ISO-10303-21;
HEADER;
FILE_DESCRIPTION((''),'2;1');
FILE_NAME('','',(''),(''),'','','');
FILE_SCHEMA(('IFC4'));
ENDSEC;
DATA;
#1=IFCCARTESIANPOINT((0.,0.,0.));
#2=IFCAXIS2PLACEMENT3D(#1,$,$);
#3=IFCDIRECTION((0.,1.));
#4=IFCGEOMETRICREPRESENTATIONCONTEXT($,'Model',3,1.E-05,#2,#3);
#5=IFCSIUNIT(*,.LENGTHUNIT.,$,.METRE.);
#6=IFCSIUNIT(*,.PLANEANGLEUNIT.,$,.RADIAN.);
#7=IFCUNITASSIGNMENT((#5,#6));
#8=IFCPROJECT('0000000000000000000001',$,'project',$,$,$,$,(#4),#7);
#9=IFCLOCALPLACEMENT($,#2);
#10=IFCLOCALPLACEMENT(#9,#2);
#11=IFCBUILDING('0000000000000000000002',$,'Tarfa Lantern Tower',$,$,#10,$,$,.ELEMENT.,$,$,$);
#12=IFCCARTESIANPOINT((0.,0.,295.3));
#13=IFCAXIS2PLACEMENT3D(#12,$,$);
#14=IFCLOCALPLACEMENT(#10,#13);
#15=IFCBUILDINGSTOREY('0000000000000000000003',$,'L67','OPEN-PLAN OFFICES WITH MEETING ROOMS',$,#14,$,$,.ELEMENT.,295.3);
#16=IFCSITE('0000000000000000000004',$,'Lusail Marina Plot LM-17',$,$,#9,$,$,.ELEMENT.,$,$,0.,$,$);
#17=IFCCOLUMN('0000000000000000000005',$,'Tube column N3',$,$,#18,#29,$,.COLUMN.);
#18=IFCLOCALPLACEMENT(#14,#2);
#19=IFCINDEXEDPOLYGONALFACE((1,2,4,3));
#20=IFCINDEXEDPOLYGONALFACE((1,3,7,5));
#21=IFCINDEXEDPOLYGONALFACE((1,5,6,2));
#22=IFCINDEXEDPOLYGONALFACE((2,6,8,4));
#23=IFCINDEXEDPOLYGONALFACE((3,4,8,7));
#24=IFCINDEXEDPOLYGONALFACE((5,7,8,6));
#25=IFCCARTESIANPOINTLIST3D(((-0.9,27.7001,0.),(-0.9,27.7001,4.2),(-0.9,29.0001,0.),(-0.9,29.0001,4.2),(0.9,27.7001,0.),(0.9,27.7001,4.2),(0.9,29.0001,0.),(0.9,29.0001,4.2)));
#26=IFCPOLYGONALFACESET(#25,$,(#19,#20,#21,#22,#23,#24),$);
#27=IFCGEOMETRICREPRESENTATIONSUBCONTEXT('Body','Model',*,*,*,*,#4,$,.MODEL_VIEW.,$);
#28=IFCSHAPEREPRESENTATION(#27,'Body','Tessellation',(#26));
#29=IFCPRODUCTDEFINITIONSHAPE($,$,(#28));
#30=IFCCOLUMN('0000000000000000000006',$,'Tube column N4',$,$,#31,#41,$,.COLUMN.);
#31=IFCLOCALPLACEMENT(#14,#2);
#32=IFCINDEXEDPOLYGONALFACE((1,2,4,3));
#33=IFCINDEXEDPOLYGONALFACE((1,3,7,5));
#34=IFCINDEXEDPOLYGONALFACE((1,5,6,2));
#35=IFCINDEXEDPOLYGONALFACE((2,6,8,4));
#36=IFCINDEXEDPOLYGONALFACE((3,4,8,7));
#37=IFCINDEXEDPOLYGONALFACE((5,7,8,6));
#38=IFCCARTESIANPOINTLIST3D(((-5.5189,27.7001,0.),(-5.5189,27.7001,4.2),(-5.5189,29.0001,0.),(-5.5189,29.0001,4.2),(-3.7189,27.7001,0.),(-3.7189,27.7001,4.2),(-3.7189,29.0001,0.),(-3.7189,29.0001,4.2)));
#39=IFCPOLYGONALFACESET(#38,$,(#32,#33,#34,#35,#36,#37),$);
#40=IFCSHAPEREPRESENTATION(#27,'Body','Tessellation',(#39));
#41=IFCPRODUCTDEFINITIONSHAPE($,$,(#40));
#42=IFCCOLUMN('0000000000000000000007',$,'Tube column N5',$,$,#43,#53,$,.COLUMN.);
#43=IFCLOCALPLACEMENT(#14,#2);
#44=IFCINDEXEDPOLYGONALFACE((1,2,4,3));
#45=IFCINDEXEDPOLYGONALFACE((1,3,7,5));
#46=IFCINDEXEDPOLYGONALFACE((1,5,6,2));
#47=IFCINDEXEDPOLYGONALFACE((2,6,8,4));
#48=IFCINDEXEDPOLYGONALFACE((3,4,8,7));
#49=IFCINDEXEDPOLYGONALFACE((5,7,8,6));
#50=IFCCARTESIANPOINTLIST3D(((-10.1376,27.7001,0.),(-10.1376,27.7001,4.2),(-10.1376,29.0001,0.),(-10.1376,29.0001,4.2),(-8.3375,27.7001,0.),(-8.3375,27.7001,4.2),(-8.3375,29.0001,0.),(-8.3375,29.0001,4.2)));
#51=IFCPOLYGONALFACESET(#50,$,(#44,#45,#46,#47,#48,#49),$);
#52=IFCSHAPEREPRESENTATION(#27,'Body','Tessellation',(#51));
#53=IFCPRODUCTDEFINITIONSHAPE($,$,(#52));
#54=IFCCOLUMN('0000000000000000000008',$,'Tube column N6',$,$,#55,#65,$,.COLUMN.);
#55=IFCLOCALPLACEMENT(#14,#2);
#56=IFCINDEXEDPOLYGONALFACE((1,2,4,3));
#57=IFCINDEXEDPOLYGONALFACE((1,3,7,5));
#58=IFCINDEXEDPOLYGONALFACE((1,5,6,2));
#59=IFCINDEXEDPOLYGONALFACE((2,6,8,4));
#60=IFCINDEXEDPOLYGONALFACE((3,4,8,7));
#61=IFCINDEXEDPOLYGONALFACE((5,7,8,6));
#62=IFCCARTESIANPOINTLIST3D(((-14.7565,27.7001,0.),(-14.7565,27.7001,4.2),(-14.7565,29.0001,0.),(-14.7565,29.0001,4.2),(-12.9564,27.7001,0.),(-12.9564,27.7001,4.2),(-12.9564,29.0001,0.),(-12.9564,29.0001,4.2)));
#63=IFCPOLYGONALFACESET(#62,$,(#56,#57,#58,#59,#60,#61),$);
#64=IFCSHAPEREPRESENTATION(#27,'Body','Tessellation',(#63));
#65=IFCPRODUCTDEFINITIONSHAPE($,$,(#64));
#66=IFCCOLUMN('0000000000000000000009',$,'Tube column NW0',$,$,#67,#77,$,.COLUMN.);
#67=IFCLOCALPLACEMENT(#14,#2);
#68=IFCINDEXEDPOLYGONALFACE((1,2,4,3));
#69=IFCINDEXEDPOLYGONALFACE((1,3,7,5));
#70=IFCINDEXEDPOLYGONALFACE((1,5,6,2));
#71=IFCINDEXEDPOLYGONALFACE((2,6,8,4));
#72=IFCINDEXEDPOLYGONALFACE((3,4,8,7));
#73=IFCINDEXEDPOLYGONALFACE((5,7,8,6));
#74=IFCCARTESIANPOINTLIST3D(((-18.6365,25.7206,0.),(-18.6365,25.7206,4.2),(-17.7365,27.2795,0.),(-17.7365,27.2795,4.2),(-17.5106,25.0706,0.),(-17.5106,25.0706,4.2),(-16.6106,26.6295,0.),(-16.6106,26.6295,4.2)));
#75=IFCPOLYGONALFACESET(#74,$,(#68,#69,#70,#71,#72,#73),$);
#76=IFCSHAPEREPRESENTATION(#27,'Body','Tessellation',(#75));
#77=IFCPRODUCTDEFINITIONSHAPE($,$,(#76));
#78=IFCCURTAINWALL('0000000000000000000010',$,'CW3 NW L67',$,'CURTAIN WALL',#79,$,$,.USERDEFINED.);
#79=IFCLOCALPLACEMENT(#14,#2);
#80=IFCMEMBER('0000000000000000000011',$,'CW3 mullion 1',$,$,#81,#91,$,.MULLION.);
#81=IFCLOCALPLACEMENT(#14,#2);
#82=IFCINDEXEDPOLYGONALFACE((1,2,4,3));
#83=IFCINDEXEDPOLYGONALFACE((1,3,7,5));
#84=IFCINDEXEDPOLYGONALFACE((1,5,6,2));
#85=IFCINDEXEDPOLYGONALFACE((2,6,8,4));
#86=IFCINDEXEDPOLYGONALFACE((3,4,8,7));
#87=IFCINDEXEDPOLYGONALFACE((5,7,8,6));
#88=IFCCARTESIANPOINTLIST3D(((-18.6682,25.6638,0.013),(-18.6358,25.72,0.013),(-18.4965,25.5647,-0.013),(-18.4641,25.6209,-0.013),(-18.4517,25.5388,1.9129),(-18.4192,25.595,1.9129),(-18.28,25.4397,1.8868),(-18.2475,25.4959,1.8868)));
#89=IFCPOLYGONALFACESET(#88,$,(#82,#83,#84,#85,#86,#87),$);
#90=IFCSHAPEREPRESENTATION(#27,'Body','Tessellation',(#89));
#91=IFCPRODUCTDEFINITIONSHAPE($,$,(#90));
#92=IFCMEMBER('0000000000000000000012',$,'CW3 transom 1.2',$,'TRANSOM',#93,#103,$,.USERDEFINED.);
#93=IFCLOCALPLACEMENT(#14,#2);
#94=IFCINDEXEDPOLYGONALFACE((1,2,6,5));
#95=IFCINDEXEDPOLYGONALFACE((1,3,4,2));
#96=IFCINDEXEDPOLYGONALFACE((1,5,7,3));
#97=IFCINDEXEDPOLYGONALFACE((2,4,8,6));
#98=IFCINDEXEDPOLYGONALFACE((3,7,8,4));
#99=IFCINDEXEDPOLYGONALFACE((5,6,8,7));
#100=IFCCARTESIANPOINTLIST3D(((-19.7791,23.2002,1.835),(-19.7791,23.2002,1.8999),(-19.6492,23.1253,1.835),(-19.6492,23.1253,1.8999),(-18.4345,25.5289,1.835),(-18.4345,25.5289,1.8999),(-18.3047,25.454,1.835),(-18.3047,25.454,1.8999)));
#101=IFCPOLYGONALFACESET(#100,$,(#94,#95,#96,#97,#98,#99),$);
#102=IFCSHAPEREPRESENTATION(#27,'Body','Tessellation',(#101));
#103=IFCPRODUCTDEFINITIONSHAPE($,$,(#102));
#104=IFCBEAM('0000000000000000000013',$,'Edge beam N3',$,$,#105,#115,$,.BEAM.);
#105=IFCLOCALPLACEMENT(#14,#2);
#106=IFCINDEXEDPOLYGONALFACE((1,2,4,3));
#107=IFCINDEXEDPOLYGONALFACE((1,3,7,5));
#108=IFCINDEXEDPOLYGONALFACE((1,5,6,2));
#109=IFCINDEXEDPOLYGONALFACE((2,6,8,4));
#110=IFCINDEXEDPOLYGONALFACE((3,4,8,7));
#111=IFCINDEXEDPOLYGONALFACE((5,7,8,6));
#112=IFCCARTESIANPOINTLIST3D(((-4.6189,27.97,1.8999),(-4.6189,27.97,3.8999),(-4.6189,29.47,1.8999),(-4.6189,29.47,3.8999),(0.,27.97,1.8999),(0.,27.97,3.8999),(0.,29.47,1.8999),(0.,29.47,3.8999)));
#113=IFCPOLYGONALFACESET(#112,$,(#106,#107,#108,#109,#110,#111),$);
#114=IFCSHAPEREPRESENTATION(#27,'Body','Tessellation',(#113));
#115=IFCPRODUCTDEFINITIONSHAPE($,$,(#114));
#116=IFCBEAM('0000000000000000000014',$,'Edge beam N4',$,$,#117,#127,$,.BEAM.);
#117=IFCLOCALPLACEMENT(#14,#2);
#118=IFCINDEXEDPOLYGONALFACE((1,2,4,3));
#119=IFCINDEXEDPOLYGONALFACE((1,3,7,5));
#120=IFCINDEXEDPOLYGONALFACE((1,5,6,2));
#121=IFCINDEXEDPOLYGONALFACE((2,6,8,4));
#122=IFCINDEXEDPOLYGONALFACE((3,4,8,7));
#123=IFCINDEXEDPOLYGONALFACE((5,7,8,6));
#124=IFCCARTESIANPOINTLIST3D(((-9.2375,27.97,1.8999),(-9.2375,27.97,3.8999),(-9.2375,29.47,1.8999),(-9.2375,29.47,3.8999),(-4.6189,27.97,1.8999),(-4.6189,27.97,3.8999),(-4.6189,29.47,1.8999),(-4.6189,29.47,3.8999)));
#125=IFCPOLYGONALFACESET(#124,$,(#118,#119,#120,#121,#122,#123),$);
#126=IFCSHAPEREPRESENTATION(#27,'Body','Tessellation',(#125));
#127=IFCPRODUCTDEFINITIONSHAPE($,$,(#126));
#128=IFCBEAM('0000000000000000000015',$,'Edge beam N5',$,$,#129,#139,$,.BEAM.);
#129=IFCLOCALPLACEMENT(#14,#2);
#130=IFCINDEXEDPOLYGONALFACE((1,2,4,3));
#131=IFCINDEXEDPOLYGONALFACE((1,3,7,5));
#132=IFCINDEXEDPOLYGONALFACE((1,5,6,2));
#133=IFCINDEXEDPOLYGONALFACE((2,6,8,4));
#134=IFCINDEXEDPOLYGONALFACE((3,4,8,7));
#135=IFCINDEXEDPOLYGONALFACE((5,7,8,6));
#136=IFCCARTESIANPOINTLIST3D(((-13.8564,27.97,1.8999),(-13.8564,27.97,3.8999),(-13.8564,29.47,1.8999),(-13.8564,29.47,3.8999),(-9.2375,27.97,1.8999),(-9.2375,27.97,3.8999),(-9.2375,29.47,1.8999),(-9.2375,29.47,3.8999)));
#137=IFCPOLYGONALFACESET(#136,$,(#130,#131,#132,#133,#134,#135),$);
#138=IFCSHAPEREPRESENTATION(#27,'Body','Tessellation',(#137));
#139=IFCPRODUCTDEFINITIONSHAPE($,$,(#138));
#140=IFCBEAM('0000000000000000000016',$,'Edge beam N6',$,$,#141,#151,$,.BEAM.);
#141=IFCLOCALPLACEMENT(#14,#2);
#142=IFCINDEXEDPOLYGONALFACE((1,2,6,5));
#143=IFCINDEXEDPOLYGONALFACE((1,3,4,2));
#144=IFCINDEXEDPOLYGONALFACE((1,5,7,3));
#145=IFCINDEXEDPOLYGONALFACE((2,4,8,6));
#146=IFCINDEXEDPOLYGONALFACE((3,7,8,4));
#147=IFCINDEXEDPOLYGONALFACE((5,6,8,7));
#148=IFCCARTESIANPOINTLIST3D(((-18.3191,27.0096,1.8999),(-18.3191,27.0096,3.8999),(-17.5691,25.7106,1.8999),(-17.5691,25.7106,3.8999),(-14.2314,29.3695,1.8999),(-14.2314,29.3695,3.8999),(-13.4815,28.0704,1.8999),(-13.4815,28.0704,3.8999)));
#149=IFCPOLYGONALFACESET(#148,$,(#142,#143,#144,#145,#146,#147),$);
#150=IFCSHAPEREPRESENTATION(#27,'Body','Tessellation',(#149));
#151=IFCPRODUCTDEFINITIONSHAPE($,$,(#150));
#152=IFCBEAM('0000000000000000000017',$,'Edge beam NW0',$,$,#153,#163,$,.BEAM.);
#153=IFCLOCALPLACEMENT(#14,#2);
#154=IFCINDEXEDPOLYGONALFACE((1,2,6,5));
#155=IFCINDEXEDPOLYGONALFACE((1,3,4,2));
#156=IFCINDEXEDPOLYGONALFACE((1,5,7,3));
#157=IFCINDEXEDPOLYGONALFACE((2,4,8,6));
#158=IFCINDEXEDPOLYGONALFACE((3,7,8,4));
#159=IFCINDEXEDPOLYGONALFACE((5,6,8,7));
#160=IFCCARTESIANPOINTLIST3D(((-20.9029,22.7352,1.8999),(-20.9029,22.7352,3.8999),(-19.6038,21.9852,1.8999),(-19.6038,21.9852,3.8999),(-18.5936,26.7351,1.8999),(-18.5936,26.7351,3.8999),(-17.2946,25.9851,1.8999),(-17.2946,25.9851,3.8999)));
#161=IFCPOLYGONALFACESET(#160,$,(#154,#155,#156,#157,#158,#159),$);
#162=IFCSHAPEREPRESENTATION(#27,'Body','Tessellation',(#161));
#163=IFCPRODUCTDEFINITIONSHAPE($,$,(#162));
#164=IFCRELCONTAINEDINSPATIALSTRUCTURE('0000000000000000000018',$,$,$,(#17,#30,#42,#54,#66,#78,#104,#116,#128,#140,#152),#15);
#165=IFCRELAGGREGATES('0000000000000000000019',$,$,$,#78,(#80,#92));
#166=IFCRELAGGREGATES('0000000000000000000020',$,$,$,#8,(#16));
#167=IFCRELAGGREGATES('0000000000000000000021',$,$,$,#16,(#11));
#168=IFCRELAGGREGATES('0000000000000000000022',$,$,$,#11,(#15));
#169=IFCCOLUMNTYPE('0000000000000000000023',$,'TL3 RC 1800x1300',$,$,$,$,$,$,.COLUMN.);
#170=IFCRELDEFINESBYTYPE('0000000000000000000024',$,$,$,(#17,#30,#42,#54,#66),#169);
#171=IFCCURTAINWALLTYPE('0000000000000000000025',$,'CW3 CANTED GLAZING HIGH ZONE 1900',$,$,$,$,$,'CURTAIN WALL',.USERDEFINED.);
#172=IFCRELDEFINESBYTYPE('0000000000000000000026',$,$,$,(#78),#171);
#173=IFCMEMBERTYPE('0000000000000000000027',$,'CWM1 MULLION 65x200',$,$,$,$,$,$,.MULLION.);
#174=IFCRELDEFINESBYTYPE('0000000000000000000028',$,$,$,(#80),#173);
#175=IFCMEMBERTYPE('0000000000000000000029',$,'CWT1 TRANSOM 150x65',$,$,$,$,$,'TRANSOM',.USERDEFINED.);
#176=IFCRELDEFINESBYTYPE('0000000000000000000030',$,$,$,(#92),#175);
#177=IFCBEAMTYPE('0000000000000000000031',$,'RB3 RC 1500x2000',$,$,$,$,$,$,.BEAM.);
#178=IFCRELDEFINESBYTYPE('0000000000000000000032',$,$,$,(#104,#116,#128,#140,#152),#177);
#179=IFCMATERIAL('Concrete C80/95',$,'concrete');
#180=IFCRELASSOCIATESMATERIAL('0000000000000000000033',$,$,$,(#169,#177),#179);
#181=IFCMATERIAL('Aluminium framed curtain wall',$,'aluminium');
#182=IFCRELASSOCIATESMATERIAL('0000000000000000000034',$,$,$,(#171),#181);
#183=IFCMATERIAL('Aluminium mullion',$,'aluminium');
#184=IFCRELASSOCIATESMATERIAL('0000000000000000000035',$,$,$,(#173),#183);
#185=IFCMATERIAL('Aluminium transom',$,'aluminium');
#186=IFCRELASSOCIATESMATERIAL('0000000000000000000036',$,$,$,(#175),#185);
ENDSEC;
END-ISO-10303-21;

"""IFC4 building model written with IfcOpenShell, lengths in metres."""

from ifc_helpers import new_model, si_unit, direction, frame, origin, origin_2d, place, context, subcontext, project, spatial, rectangle, extrude, material, material_profile, profile_set, type_object, element, aggregate, save


model = new_model("IFC4")

# Units and contexts
model_context = context("Model", 3, precision=1e-05, world=origin(), true_north=direction((0.0, 1.0)))
body_context = subcontext(model_context, "Body", "Model", "MODEL_VIEW")
ifc_project = project(units=[si_unit("LENGTHUNIT", "METRE"), si_unit("PLANEANGLEUNIT", "RADIAN")], contexts=[model_context])

# Site, building, storey
site_placement = place(None, origin())
site = spatial("IfcSite", under=ifc_project, at=site_placement, Name="Lusail Marina Plot LM-17", CompositionType="ELEMENT", RefElevation=0.0)
building_placement = place(site_placement, origin())
building = spatial("IfcBuilding", under=site, at=building_placement, Name="Tarfa Lantern Tower", CompositionType="ELEMENT")
storey_placement = place(building_placement, frame((0.0, 0.0, 295.3)))
storey = spatial("IfcBuildingStorey", under=building, at=storey_placement, Name="L67", Description="OPEN-PLAN OFFICES WITH MEETING ROOMS", CompositionType="ELEMENT", Elevation=295.3)

# Columns
ifc_material_1 = material(Name="Concrete C80/95", Category="concrete")
ifc_material_profile_1 = material_profile(ifc_material_1, rectangle(XDim=1.8, YDim=1.3, at=origin_2d()), Name="RC 1800x1300")
ifc_profile_set_1 = profile_set([ifc_material_profile_1], Name="Concrete C80/95")
column_type = type_object("IfcColumnType", Name="TL3 RC 1800x1300", PredefinedType="COLUMN", material=ifc_profile_set_1)
for number, where, z_axis, x_axis, name in (
    (1, (0.0, 28.3501, 0.0), (0.0, 0.0, 1.0), (-1.0, 0.0, 0.0), "Tube column N3"),
    (2, (-4.6189, 28.3501, 0.0), (0.0, 0.0, 1.0), (-1.0, 0.0, 0.0), "Tube column N4"),
    (3, (-9.2375, 28.3501, 0.0), (0.0, 0.0, 1.0), (-1.0, 0.0, 0.0), "Tube column N5"),
    (4, (-13.8564, 28.3501, 0.0), (0.0, 0.0, 1.0), (-1.0, 0.0, 0.0), "Tube column N6"),
    (5, (-17.6235, 26.175, 0.0), (0.0, 0.0, 1.0), (-0.5, -0.866025, 0.0), "Tube column NW0"),
):
    element("IfcColumn", number, at=place(storey_placement, frame(where, z_axis=z_axis, x_axis=x_axis)), inside=storey, type_object=column_type, Name=name, PredefinedType="COLUMN", context=body_context, shape_type="SweptSolid", body=[
        extrude(rectangle(XDim=1.8, YDim=1.3, at=origin_2d()), origin(), (0.0, 0.0, 1.0), 4.2),
    ])

# Curtain wall, members
ifc_material_2 = material(Name="Aluminium framed curtain wall", Category="aluminium")
curtain_wall_type = type_object("IfcCurtainWallType", Name="CW3 CANTED GLAZING HIGH ZONE 1900", ElementType="CURTAIN WALL", PredefinedType="USERDEFINED", material=ifc_material_2)
curtain_wall_placement = place(storey_placement, origin())
curtain_wall = element("IfcCurtainWall", 6, at=curtain_wall_placement, inside=storey, type_object=curtain_wall_type, Name="CW3 NW L67", ObjectType="CURTAIN WALL", PredefinedType="USERDEFINED")
ifc_material_3 = material(Name="Aluminium mullion", Category="aluminium")
ifc_material_profile_2 = material_profile(ifc_material_3, rectangle(XDim=0.0649, YDim=0.2, at=origin_2d()), Name="AL MULLION 65x200")
ifc_profile_set_2 = profile_set([ifc_material_profile_2], Name="Aluminium mullion")
member_type_1 = type_object("IfcMemberType", Name="CWM1 MULLION 65x200", PredefinedType="MULLION", material=ifc_profile_set_2)
member_1_placement = place(storey_placement, frame((-18.5662, 25.6423, 0.0), z_axis=(0.113007, -0.06523, 0.991451), x_axis=(0.49992, 0.866072, 0.0)))
member_1 = element("IfcMember", 7, at=member_1_placement, type_object=member_type_1, Name="CW3 mullion 1", PredefinedType="MULLION", context=body_context, shape_type="SweptSolid", body=[
    extrude(rectangle(XDim=0.0649, YDim=0.2, at=origin_2d()), origin(), (0.0, 0.0, 1.0), 1.9163),
])
ifc_material_4 = material(Name="Aluminium transom", Category="aluminium")
ifc_material_profile_3 = material_profile(ifc_material_4, rectangle(XDim=0.1499, YDim=0.0649, at=origin_2d()), Name="AL TRANSOM 150x65")
ifc_profile_set_3 = profile_set([ifc_material_profile_3], Name="Aluminium transom")
member_type_2 = type_object("IfcMemberType", Name="CWT1 TRANSOM 150x65", ElementType="TRANSOM", PredefinedType="USERDEFINED", material=ifc_profile_set_3)
member_2_placement = place(storey_placement, frame((-18.3696, 25.4915, 1.8674), z_axis=(-0.500016, -0.866016, 0.0), x_axis=(0.866016, -0.500016, 0.0)))
member_2 = element("IfcMember", 8, at=member_2_placement, type_object=member_type_2, Name="CW3 transom 1.2", ObjectType="TRANSOM", PredefinedType="USERDEFINED", context=body_context, shape_type="SweptSolid", body=[
    extrude(rectangle(XDim=0.1499, YDim=0.0649, at=origin_2d()), origin(), (0.0, 0.0, 1.0), 2.689),
])

# Beams
ifc_material_profile_4 = material_profile(ifc_material_1, rectangle(XDim=1.5, YDim=2.0, at=origin_2d()), Name="RC 1500x2000")
ifc_profile_set_4 = profile_set([ifc_material_profile_4], Name="Concrete C80/95")
beam_type_1 = type_object("IfcBeamType", Name="RB3 RC 1500x2000", PredefinedType="BEAM", material=ifc_profile_set_4)
beam_1_placement = place(storey_placement, frame((0.0, 28.72, 2.8999), z_axis=(-1.0, 0.0, 0.0), x_axis=(0.0, -1.0, 0.0)))
element("IfcBeam", 9, at=beam_1_placement, inside=storey, type_object=beam_type_1, Name="Edge beam N3", PredefinedType="BEAM", context=body_context, shape_type="SweptSolid", body=[
    extrude(rectangle(XDim=1.5, YDim=2.0, at=origin_2d()), origin(), (0.0, 0.0, 1.0), 4.6189),
])
beam_2_placement = place(storey_placement, frame((-4.6189, 28.72, 2.8999), z_axis=(-1.0, 0.0, 0.0), x_axis=(0.0, -1.0, 0.0)))
element("IfcBeam", 10, at=beam_2_placement, inside=storey, type_object=beam_type_1, Name="Edge beam N4", PredefinedType="BEAM", context=body_context, shape_type="SweptSolid", body=[
    extrude(rectangle(XDim=1.5, YDim=2.0, at=origin_2d()), origin(), (0.0, 0.0, 1.0), 4.6187),
])
beam_3_placement = place(storey_placement, frame((-9.2375, 28.72, 2.8999), z_axis=(-1.0, 0.0, 0.0), x_axis=(0.0, -1.0, 0.0)))
element("IfcBeam", 11, at=beam_3_placement, inside=storey, type_object=beam_type_1, Name="Edge beam N5", PredefinedType="BEAM", context=body_context, shape_type="SweptSolid", body=[
    extrude(rectangle(XDim=1.5, YDim=2.0, at=origin_2d()), origin(), (0.0, 0.0, 1.0), 4.6189),
])
beam_4_placement = place(storey_placement, frame((-13.8564, 28.72, 2.8999), z_axis=(-0.866038, -0.499978, 0.0), x_axis=(0.499978, -0.866038, 0.0)))
element("IfcBeam", 12, at=beam_4_placement, inside=storey, type_object=beam_type_1, Name="Edge beam N6", PredefinedType="BEAM", context=body_context, shape_type="SweptSolid", body=[
    extrude(rectangle(XDim=1.5, YDim=2.0, at=origin_2d()), origin(), (0.0, 0.0, 1.0), 4.72),
])
beam_5_placement = place(storey_placement, frame((-17.9441, 26.3601, 2.8999), z_axis=(-0.499988, -0.866032, 0.0), x_axis=(0.866032, -0.499988, 0.0)))
element("IfcBeam", 13, at=beam_5_placement, inside=storey, type_object=beam_type_1, Name="Edge beam NW0", PredefinedType="BEAM", context=body_context, shape_type="SweptSolid", body=[
    extrude(rectangle(XDim=1.5, YDim=2.0, at=origin_2d()), origin(), (0.0, 0.0, 1.0), 4.6187),
])

aggregate(curtain_wall, [member_1, member_2])

save(model, "model.ifc")
